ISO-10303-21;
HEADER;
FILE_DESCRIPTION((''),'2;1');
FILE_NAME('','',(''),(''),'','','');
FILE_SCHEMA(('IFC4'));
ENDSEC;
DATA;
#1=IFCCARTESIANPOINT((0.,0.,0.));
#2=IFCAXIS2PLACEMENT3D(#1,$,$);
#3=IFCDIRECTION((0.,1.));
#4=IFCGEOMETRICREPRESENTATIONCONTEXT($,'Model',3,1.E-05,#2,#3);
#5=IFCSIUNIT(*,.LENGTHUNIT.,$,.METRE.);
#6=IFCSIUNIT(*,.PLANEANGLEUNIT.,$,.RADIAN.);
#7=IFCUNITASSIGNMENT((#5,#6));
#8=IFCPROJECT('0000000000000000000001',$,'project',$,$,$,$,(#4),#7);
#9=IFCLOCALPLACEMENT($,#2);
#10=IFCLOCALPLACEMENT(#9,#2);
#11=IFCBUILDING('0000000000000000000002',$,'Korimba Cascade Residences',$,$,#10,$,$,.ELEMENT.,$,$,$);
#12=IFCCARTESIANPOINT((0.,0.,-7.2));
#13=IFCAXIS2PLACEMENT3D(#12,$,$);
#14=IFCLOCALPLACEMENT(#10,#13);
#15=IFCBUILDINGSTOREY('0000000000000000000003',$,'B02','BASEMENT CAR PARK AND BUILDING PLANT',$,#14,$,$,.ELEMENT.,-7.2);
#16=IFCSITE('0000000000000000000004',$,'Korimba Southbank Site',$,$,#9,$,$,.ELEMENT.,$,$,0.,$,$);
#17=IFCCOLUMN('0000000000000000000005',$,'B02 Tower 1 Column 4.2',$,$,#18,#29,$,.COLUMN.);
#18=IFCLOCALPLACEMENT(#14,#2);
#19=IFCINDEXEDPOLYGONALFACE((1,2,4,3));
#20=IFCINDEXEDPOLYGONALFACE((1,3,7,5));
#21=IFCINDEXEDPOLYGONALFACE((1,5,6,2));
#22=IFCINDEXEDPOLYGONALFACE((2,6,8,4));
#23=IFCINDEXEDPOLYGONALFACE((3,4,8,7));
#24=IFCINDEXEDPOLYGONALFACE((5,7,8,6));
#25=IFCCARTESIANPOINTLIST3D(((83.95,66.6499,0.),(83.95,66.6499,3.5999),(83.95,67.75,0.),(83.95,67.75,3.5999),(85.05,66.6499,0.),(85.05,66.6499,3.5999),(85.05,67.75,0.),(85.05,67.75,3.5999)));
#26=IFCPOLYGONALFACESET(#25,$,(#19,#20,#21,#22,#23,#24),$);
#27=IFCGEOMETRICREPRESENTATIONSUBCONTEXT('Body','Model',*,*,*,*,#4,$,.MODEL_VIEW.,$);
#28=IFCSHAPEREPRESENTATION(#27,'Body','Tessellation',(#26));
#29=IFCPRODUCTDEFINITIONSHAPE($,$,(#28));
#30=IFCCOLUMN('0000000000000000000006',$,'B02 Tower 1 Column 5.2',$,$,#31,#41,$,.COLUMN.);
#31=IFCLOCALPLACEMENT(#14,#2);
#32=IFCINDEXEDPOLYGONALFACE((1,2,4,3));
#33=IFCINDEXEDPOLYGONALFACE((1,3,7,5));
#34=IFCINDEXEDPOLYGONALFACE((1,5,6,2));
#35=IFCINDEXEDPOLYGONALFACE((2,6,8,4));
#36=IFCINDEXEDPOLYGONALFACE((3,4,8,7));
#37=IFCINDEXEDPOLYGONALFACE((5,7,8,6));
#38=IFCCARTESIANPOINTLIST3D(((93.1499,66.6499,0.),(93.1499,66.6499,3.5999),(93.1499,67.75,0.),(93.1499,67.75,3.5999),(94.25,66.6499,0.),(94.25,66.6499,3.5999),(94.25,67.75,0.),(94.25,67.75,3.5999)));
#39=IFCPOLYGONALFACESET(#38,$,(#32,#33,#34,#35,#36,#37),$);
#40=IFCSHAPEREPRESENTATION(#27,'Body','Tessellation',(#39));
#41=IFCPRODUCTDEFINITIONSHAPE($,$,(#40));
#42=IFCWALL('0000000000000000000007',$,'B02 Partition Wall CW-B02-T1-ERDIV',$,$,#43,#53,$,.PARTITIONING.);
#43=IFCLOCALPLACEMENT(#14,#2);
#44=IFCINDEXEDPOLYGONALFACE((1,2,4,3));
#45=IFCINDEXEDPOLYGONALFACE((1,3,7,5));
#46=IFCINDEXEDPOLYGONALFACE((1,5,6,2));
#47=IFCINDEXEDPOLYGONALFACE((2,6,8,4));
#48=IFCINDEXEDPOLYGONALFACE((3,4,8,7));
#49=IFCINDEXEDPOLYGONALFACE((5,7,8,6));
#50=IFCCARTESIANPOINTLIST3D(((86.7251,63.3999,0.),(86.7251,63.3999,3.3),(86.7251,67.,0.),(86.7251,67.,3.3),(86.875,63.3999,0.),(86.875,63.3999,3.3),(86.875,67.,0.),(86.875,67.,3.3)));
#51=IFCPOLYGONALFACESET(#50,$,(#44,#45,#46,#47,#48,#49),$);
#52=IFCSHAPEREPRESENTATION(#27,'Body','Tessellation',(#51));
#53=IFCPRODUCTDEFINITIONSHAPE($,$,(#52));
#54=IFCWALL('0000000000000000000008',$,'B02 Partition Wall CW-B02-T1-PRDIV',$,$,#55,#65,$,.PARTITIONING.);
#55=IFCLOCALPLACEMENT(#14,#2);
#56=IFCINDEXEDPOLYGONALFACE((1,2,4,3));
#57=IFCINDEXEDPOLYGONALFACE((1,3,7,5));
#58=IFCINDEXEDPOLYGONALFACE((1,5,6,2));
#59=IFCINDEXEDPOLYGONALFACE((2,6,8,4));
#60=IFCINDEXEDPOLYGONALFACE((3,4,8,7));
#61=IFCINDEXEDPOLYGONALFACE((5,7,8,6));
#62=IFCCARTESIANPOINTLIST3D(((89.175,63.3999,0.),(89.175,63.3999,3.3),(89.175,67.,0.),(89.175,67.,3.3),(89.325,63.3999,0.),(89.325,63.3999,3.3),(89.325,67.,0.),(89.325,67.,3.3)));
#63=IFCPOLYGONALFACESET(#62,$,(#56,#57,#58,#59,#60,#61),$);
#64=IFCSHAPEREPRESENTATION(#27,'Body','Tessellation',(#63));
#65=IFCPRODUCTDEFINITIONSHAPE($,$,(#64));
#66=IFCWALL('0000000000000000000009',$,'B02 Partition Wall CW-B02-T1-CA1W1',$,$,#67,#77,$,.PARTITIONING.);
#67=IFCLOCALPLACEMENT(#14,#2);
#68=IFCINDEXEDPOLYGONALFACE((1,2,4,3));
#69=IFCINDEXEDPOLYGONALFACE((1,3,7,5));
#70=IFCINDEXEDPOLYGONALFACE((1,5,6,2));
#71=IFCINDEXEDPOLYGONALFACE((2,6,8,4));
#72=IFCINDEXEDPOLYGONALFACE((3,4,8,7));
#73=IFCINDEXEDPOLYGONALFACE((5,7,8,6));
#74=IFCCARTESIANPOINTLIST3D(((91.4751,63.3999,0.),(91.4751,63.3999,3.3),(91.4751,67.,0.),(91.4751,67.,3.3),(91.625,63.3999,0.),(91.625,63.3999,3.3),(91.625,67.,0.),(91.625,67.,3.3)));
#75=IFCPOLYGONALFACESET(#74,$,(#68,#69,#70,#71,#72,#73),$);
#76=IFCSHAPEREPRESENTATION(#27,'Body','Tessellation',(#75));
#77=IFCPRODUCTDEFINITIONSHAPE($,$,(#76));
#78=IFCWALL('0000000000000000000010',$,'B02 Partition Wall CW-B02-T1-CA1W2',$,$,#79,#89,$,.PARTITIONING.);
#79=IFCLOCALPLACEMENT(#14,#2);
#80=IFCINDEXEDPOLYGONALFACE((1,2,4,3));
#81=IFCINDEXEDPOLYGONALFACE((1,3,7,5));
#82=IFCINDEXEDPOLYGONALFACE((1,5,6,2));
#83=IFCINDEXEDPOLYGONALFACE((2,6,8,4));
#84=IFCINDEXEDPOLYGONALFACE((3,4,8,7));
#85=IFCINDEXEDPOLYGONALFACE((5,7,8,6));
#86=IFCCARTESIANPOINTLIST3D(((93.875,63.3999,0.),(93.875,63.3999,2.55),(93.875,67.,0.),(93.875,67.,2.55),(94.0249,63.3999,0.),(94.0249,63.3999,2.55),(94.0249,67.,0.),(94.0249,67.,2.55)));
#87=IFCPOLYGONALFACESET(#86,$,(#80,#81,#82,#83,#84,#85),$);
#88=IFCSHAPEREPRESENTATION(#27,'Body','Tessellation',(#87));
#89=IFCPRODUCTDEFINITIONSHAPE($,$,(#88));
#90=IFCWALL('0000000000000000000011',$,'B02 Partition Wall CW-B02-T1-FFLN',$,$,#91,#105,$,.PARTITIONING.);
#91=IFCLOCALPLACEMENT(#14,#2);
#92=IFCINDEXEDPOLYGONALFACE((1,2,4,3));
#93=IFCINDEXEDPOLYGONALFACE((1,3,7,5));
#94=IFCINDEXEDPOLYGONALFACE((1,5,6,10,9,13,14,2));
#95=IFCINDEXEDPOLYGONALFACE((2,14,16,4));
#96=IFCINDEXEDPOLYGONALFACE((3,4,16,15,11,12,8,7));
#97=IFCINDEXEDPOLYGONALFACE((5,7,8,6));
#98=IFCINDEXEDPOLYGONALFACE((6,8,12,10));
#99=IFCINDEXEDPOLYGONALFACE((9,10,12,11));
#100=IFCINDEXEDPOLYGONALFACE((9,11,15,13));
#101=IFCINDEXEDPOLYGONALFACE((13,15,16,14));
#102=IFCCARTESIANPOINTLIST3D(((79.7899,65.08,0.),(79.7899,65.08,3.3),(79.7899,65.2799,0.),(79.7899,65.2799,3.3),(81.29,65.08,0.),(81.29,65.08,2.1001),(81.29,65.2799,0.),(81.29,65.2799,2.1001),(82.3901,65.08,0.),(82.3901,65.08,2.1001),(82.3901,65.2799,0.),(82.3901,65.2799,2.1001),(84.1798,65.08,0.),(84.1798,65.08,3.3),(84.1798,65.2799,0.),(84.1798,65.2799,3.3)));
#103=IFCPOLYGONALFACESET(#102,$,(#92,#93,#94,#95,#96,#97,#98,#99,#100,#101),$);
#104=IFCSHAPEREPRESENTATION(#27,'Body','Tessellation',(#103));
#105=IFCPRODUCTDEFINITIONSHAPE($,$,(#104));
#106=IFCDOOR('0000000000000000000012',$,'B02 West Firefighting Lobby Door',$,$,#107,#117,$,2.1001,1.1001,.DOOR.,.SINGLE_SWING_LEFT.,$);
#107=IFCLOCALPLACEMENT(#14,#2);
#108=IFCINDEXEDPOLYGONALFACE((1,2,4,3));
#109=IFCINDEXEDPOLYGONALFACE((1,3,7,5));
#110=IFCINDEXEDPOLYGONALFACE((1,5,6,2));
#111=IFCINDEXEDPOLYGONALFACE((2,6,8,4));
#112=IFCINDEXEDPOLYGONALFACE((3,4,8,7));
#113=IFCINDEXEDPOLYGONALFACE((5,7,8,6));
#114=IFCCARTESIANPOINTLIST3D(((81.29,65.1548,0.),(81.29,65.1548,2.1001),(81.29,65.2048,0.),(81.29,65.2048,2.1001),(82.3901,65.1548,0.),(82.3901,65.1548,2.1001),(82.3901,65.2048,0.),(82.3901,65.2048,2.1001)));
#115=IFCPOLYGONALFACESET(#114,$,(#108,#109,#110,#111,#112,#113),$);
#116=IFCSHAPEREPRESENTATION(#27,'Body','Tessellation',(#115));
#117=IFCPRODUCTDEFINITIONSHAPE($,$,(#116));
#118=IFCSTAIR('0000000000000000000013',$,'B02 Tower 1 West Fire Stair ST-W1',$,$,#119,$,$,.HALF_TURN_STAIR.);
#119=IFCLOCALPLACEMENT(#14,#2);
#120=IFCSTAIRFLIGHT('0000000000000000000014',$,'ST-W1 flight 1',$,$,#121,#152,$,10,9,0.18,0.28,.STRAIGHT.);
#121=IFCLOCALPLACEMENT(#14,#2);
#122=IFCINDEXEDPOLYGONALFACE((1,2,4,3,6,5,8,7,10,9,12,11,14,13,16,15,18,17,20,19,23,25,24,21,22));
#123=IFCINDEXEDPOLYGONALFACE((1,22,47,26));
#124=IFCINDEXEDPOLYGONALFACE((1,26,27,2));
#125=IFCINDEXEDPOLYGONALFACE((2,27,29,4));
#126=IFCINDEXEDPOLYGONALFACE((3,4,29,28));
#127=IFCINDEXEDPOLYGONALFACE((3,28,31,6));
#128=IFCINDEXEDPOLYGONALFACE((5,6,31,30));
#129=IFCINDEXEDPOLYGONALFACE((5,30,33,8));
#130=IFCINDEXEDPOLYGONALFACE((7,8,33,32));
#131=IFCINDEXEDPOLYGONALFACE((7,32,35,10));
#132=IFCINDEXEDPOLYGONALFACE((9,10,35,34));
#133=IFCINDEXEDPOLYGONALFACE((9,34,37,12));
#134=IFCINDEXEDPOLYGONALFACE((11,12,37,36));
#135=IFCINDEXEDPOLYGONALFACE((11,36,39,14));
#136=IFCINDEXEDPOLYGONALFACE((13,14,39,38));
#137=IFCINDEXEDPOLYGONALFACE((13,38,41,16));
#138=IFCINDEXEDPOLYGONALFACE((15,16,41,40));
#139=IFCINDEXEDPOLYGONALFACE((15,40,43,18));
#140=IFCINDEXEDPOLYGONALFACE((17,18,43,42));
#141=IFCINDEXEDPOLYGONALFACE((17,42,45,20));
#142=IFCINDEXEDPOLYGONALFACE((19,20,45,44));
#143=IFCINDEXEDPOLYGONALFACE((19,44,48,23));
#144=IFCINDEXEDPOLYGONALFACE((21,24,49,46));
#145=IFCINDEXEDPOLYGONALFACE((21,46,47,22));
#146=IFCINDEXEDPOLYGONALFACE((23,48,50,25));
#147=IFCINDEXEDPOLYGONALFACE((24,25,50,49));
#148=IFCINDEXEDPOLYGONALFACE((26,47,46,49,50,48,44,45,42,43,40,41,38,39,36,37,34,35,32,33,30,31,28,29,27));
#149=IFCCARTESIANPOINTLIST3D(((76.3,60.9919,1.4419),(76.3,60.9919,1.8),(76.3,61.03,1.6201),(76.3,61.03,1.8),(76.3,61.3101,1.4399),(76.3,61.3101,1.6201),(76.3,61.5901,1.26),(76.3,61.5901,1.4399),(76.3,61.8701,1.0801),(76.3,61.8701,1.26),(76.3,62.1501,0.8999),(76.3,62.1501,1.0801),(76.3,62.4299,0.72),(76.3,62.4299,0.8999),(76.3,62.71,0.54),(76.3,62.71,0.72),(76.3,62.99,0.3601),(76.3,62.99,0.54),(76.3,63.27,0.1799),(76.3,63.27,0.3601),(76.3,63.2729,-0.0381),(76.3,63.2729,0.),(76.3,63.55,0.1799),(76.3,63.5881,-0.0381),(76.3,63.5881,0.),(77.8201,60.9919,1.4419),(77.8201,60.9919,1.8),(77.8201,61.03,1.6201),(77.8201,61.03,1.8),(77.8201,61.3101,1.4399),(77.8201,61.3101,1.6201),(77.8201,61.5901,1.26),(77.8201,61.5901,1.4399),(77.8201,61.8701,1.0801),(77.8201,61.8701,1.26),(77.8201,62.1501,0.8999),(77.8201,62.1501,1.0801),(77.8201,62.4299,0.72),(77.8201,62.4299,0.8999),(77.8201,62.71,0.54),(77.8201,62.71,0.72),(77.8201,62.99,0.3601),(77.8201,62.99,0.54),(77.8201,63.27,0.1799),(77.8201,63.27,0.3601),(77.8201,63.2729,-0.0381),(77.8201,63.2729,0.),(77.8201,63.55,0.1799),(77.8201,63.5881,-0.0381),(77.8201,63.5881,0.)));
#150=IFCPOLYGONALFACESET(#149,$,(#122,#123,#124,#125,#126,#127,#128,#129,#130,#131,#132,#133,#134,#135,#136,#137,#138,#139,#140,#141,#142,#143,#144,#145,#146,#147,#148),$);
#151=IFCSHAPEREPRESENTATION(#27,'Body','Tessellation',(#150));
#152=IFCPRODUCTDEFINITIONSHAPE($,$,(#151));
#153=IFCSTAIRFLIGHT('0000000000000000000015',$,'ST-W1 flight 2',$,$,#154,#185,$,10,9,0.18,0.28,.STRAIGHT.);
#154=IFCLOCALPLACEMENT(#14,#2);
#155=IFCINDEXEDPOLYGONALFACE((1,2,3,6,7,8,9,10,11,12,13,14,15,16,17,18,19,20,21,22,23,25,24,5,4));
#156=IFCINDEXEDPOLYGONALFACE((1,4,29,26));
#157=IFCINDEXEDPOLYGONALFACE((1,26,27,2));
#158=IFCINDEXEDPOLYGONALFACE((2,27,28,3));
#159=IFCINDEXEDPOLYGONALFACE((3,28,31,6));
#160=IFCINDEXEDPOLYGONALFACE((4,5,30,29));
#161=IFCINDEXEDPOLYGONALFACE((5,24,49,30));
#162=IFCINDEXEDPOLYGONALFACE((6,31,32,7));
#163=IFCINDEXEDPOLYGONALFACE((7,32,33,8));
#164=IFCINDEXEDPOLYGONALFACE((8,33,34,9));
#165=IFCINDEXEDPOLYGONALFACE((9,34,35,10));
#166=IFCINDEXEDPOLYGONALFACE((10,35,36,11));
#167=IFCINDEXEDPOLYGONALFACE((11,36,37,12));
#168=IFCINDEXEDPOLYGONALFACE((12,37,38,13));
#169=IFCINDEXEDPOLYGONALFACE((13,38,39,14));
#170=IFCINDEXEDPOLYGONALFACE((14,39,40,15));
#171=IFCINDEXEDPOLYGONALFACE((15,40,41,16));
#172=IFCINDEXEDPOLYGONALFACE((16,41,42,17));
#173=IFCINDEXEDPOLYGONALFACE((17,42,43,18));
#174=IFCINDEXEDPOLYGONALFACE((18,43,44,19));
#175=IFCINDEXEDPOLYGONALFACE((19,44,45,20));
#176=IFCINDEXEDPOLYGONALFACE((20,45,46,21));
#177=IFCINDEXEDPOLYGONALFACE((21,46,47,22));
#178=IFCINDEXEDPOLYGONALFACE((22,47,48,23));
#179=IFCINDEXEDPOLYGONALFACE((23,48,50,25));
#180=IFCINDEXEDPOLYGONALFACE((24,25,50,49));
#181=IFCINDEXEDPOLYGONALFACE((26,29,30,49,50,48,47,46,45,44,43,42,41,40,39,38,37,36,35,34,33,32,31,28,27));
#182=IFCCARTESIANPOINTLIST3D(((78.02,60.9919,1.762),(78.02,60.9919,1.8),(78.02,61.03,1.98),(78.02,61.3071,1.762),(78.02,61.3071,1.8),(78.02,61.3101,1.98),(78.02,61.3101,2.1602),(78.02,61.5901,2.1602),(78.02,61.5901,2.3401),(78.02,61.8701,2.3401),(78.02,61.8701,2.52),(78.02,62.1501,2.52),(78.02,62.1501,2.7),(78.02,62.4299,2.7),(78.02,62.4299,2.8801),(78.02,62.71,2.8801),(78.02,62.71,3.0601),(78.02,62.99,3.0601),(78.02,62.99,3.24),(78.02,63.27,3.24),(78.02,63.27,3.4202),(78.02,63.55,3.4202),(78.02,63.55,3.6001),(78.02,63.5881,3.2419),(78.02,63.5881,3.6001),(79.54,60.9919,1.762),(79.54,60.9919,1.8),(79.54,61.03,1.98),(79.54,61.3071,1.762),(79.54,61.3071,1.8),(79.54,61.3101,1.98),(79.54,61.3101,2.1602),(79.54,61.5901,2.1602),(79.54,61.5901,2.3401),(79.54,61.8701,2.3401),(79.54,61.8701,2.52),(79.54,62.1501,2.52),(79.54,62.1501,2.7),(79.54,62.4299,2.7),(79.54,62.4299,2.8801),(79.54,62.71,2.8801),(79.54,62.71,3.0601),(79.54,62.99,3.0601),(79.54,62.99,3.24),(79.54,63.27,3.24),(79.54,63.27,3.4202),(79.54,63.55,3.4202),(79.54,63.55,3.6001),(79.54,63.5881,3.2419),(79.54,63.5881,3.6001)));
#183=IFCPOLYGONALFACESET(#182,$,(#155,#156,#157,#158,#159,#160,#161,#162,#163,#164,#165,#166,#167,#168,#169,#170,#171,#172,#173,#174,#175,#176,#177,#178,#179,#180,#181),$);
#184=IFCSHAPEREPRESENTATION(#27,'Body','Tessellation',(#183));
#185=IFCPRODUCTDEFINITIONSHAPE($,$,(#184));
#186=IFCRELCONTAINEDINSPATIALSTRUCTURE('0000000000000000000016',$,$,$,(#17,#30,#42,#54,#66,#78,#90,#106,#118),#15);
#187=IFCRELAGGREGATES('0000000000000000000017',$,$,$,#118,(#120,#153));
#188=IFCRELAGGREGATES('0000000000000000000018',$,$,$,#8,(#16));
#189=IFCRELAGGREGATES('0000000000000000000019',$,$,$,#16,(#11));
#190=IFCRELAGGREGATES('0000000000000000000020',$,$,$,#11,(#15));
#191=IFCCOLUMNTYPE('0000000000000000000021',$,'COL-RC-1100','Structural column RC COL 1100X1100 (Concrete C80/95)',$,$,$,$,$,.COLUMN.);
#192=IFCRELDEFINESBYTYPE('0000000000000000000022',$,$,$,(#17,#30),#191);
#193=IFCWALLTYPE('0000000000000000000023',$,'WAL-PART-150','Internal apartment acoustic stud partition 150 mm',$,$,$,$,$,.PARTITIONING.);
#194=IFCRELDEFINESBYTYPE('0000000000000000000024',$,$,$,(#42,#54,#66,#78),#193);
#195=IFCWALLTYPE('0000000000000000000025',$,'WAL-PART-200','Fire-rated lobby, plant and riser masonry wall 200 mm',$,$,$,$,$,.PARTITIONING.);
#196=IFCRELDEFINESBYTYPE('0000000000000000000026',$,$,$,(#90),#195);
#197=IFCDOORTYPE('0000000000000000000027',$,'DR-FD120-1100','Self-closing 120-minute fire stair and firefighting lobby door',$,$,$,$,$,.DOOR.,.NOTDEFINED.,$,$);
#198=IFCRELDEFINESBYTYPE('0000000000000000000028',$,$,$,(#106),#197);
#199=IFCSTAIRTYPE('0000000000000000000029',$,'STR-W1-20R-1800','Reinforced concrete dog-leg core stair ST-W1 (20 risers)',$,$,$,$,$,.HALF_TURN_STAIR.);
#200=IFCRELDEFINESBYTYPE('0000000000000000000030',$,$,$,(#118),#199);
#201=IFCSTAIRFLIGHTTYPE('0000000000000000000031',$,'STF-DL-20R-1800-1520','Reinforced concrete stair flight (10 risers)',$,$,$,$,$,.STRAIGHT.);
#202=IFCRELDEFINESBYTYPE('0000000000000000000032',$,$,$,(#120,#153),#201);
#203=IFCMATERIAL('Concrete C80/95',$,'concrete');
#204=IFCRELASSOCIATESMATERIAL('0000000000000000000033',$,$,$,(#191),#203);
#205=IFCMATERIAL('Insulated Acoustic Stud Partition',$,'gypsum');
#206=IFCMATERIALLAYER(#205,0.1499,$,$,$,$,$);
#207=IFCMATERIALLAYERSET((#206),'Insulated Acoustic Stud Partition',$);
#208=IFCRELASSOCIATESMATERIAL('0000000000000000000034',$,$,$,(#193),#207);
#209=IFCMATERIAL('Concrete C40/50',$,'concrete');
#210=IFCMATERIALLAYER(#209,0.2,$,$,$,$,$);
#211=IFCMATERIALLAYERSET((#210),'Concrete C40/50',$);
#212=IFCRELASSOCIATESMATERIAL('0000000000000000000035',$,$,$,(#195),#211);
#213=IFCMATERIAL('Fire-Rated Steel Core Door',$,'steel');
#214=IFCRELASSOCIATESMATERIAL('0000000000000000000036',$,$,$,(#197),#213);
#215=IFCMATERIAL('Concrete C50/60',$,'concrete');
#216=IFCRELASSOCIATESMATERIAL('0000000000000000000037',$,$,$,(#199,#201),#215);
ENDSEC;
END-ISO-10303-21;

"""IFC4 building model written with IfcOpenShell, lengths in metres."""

from ifc_helpers import new_model, si_unit, direction, frame, frame_2d, origin, origin_2d, place, context, subcontext, project, spatial, polyline, rectangle, outline, extrude, material, layer, layer_set, material_profile, profile_set, type_object, element, fill, aggregate, save


model = new_model("IFC4")

# Units and contexts
model_context = context("Model", 3, precision=1e-05, world=origin(), true_north=direction((0.0, 1.0)))
body_context = subcontext(model_context, "Body", "Model", "MODEL_VIEW")
ifc_project = project(units=[si_unit("LENGTHUNIT", "METRE"), si_unit("PLANEANGLEUNIT", "RADIAN")], contexts=[model_context])

# Site, building, storey
site_placement = place(None, origin())
site = spatial("IfcSite", under=ifc_project, at=site_placement, Name="Korimba Southbank Site", CompositionType="ELEMENT", RefElevation=0.0)
building_placement = place(site_placement, origin())
building = spatial("IfcBuilding", under=site, at=building_placement, Name="Korimba Cascade Residences", CompositionType="ELEMENT")
storey_placement = place(building_placement, frame((0.0, 0.0, -7.2)))
storey = spatial("IfcBuildingStorey", under=building, at=storey_placement, Name="B02", Description="BASEMENT CAR PARK AND BUILDING PLANT", CompositionType="ELEMENT", Elevation=-7.2)

# Columns
ifc_material_1 = material(Name="Concrete C80/95", Category="concrete")
ifc_material_profile = material_profile(ifc_material_1, rectangle(XDim=1.1001, YDim=1.1001, at=origin_2d()), Name="Concrete C80/95")
ifc_profile_set = profile_set([ifc_material_profile], Name="Concrete C80/95")
column_type = type_object("IfcColumnType", Name="COL-RC-1100", Description="Structural column RC COL 1100X1100 (Concrete C80/95)", PredefinedType="COLUMN", material=ifc_profile_set)
for number, where, z_axis, x_axis, name in (
    (1, (84.5, 67.2, 0.0), (0.0, 0.0, 1.0), (1.0, 0.0, 0.0), "B02 Tower 1 Column 4.2"),
    (2, (93.7, 67.2, 0.0), (0.0, 0.0, 1.0), (1.0, 0.0, 0.0), "B02 Tower 1 Column 5.2"),
):
    element("IfcColumn", number, at=place(storey_placement, frame(where, z_axis=z_axis, x_axis=x_axis)), inside=storey, type_object=column_type, Name=name, PredefinedType="COLUMN", context=body_context, shape_type="SweptSolid", body=[
        extrude(rectangle(XDim=1.1001, YDim=1.1001, at=origin_2d()), origin(), (0.0, 0.0, 1.0), 3.5999),
    ])

# Walls
ifc_material_2 = material(Name="Insulated Acoustic Stud Partition", Category="gypsum")
ifc_layer_1 = layer(ifc_material_2, 0.1499)
ifc_layer_set_1 = layer_set([ifc_layer_1], Name="Insulated Acoustic Stud Partition")
wall_type_1 = type_object("IfcWallType", Name="WAL-PART-150", Description="Internal apartment acoustic stud partition 150 mm", PredefinedType="PARTITIONING", material=ifc_layer_set_1)
for number, where, z_axis, x_axis, name in (
    (3, (86.8, 63.3999, 0.0), (0.0, 0.0, 1.0), (0.0, 1.0, 0.0), "B02 Partition Wall CW-B02-T1-ERDIV"),
    (4, (89.25, 63.3999, 0.0), (0.0, 0.0, 1.0), (0.0, 1.0, 0.0), "B02 Partition Wall CW-B02-T1-PRDIV"),
    (5, (91.55, 63.3999, 0.0), (0.0, 0.0, 1.0), (0.0, 1.0, 0.0), "B02 Partition Wall CW-B02-T1-CA1W1"),
):
    element("IfcWall", number, at=place(storey_placement, frame(where, z_axis=z_axis, x_axis=x_axis)), inside=storey, type_object=wall_type_1, Name=name, PredefinedType="PARTITIONING", context=body_context, shape_type="SweptSolid", body=[
        extrude(rectangle(XDim=3.6001, YDim=0.1499, at=frame_2d((1.8, 0.0))), origin(), (0.0, 0.0, 1.0), 3.3),
    ])
wall_1_placement = place(storey_placement, frame((93.95, 63.3999, 0.0), z_axis=(0.0, 0.0, 1.0), x_axis=(0.0, 1.0, 0.0)))
element("IfcWall", 6, at=wall_1_placement, inside=storey, type_object=wall_type_1, Name="B02 Partition Wall CW-B02-T1-CA1W2", PredefinedType="PARTITIONING", context=body_context, shape_type="SweptSolid", body=[
    extrude(rectangle(XDim=3.6001, YDim=0.1499, at=frame_2d((1.8, 0.0))), origin(), (0.0, 0.0, 1.0), 2.55),
])

# Wall, opening, door
ifc_material_3 = material(Name="Concrete C40/50", Category="concrete")
ifc_layer_2 = layer(ifc_material_3, 0.2)
ifc_layer_set_2 = layer_set([ifc_layer_2], Name="Concrete C40/50")
wall_type_2 = type_object("IfcWallType", Name="WAL-PART-200", Description="Fire-rated lobby, plant and riser masonry wall 200 mm", PredefinedType="PARTITIONING", material=ifc_layer_set_2)
wall_2_placement = place(storey_placement, frame((79.79, 65.1799, 0.0), z_axis=(0.0, 0.0, 1.0), x_axis=(1.0, 0.0, 0.0)))
wall_2 = element("IfcWall", 7, at=wall_2_placement, inside=storey, type_object=wall_type_2, Name="B02 Partition Wall CW-B02-T1-FFLN", PredefinedType="PARTITIONING", context=body_context, shape_type="SweptSolid", body=[
    extrude(rectangle(XDim=4.3899, YDim=0.2, at=frame_2d((2.1948, 0.0))), origin(), (0.0, 0.0, 1.0), 3.3),
])
opening_1_placement = place(wall_2_placement, frame((1.5, 0.0, 0.0)))
opening_1 = element("IfcOpeningElement", 8, at=opening_1_placement, cuts=wall_2, PredefinedType="OPENING", context=body_context, shape_type="SweptSolid", body=[
    extrude(rectangle(XDim=1.1001, YDim=2.1001, at=frame_2d((0.55, 1.05))), frame((0.0, 0.1099, 0.0), z_axis=(0.0, -1.0, 0.0), x_axis=(1.0, 0.0, 0.0)), (0.0, 0.0, 1.0), 0.22),
])
ifc_material_4 = material(Name="Fire-Rated Steel Core Door", Category="steel")
door_type_1 = type_object("IfcDoorType", Name="DR-FD120-1100", Description="Self-closing 120-minute fire stair and firefighting lobby door", OperationType="NOTDEFINED", PredefinedType="DOOR", material=ifc_material_4)
door_1_placement = place(opening_1_placement, origin())
door_1 = element("IfcDoor", 9, at=door_1_placement, inside=storey, type_object=door_type_1, Name="B02 West Firefighting Lobby Door", OperationType="SINGLE_SWING_LEFT", OverallHeight=2.1001, OverallWidth=1.1001, PredefinedType="DOOR", context=body_context, shape_type="SweptSolid", body=[
    extrude(rectangle(XDim=1.1001, YDim=2.1001, at=frame_2d((0.55, 1.05))), frame((0.0, 0.0249, 0.0), z_axis=(0.0, -1.0, 0.0), x_axis=(1.0, 0.0, 0.0)), (0.0, 0.0, 1.0), 0.05),
])
fill(opening_1, door_1)

# Stair, stair flights
ifc_material_5 = material(Name="Concrete C50/60", Category="concrete")
stair_type = type_object("IfcStairType", Name="STR-W1-20R-1800", Description="Reinforced concrete dog-leg core stair ST-W1 (20 risers)", PredefinedType="HALF_TURN_STAIR", material=ifc_material_5)
stair_placement = place(storey_placement, origin())
stair = element("IfcStair", 10, at=stair_placement, inside=storey, type_object=stair_type, Name="B02 Tower 1 West Fire Stair ST-W1", PredefinedType="HALF_TURN_STAIR")
stair_flight_type = type_object("IfcStairFlightType", Name="STF-DL-20R-1800-1520", Description="Reinforced concrete stair flight (10 risers)", PredefinedType="STRAIGHT", material=ifc_material_5)
stair_flight_1_placement = place(storey_placement, frame((77.0601, 63.55, 0.0), z_axis=(0.0, 0.0, 1.0), x_axis=(0.0, -1.0, 0.0)))
stair_flight_1 = element("IfcStairFlight", 11, at=stair_flight_1_placement, type_object=stair_flight_type, Name="ST-W1 flight 1", NumberOfRisers=10, NumberOfTreads=9, PredefinedType="STRAIGHT", RiserHeight=0.18, TreadLength=0.28, context=body_context, shape_type="SweptSolid", body=[
    extrude(outline(polyline([(-0.0381, 0.0), (0.0, 0.1799), (0.28, 0.1799), (0.28, 0.3601), (0.5601, 0.3601), (0.5601, 0.54), (0.8401, 0.54), (0.8401, 0.72), (1.1201, 0.72), (1.1201, 0.8999), (1.3999, 0.8999), (1.3999, 1.0801), (1.6799, 1.0801), (1.6799, 1.26), (1.96, 1.26), (1.96, 1.4399), (2.24, 1.4399), (2.24, 1.6201), (2.52, 1.6201), (2.52, 1.8), (2.5581, 1.8), (2.5581, 1.4419), (0.2771, 0.0), (0.2771, -0.0381), (-0.0381, -0.0381), (-0.0381, 0.0)])), frame((0.0, 0.76, 0.0), z_axis=(0.0, -1.0, 0.0), x_axis=(1.0, 0.0, 0.0)), (0.0, 0.0, 1.0), 1.52),
])
stair_flight_2_placement = place(storey_placement, frame((78.78, 61.03, 1.8), z_axis=(0.0, 0.0, 1.0), x_axis=(0.0, 1.0, 0.0)))
stair_flight_2 = element("IfcStairFlight", 12, at=stair_flight_2_placement, type_object=stair_flight_type, Name="ST-W1 flight 2", NumberOfRisers=10, NumberOfTreads=9, PredefinedType="STRAIGHT", RiserHeight=0.18, TreadLength=0.28, context=body_context, shape_type="SweptSolid", body=[
    extrude(outline(polyline([(-0.0381, 0.0), (0.0, 0.1799), (0.28, 0.1799), (0.28, 0.3601), (0.5601, 0.3601), (0.5601, 0.54), (0.8401, 0.54), (0.8401, 0.72), (1.1201, 0.72), (1.1201, 0.8999), (1.3999, 0.8999), (1.3999, 1.0801), (1.6799, 1.0801), (1.6799, 1.26), (1.96, 1.26), (1.96, 1.4399), (2.24, 1.4399), (2.24, 1.6201), (2.52, 1.6201), (2.52, 1.8), (2.5581, 1.8), (2.5581, 1.4419), (0.2771, 0.0), (0.2771, -0.0381), (-0.0381, -0.0381), (-0.0381, 0.0)])), frame((0.0, 0.76, 0.0), z_axis=(0.0, -1.0, 0.0), x_axis=(1.0, 0.0, 0.0)), (0.0, 0.0, 1.0), 1.52),
])
aggregate(stair, [stair_flight_1, stair_flight_2])

save(model, "model.ifc")
